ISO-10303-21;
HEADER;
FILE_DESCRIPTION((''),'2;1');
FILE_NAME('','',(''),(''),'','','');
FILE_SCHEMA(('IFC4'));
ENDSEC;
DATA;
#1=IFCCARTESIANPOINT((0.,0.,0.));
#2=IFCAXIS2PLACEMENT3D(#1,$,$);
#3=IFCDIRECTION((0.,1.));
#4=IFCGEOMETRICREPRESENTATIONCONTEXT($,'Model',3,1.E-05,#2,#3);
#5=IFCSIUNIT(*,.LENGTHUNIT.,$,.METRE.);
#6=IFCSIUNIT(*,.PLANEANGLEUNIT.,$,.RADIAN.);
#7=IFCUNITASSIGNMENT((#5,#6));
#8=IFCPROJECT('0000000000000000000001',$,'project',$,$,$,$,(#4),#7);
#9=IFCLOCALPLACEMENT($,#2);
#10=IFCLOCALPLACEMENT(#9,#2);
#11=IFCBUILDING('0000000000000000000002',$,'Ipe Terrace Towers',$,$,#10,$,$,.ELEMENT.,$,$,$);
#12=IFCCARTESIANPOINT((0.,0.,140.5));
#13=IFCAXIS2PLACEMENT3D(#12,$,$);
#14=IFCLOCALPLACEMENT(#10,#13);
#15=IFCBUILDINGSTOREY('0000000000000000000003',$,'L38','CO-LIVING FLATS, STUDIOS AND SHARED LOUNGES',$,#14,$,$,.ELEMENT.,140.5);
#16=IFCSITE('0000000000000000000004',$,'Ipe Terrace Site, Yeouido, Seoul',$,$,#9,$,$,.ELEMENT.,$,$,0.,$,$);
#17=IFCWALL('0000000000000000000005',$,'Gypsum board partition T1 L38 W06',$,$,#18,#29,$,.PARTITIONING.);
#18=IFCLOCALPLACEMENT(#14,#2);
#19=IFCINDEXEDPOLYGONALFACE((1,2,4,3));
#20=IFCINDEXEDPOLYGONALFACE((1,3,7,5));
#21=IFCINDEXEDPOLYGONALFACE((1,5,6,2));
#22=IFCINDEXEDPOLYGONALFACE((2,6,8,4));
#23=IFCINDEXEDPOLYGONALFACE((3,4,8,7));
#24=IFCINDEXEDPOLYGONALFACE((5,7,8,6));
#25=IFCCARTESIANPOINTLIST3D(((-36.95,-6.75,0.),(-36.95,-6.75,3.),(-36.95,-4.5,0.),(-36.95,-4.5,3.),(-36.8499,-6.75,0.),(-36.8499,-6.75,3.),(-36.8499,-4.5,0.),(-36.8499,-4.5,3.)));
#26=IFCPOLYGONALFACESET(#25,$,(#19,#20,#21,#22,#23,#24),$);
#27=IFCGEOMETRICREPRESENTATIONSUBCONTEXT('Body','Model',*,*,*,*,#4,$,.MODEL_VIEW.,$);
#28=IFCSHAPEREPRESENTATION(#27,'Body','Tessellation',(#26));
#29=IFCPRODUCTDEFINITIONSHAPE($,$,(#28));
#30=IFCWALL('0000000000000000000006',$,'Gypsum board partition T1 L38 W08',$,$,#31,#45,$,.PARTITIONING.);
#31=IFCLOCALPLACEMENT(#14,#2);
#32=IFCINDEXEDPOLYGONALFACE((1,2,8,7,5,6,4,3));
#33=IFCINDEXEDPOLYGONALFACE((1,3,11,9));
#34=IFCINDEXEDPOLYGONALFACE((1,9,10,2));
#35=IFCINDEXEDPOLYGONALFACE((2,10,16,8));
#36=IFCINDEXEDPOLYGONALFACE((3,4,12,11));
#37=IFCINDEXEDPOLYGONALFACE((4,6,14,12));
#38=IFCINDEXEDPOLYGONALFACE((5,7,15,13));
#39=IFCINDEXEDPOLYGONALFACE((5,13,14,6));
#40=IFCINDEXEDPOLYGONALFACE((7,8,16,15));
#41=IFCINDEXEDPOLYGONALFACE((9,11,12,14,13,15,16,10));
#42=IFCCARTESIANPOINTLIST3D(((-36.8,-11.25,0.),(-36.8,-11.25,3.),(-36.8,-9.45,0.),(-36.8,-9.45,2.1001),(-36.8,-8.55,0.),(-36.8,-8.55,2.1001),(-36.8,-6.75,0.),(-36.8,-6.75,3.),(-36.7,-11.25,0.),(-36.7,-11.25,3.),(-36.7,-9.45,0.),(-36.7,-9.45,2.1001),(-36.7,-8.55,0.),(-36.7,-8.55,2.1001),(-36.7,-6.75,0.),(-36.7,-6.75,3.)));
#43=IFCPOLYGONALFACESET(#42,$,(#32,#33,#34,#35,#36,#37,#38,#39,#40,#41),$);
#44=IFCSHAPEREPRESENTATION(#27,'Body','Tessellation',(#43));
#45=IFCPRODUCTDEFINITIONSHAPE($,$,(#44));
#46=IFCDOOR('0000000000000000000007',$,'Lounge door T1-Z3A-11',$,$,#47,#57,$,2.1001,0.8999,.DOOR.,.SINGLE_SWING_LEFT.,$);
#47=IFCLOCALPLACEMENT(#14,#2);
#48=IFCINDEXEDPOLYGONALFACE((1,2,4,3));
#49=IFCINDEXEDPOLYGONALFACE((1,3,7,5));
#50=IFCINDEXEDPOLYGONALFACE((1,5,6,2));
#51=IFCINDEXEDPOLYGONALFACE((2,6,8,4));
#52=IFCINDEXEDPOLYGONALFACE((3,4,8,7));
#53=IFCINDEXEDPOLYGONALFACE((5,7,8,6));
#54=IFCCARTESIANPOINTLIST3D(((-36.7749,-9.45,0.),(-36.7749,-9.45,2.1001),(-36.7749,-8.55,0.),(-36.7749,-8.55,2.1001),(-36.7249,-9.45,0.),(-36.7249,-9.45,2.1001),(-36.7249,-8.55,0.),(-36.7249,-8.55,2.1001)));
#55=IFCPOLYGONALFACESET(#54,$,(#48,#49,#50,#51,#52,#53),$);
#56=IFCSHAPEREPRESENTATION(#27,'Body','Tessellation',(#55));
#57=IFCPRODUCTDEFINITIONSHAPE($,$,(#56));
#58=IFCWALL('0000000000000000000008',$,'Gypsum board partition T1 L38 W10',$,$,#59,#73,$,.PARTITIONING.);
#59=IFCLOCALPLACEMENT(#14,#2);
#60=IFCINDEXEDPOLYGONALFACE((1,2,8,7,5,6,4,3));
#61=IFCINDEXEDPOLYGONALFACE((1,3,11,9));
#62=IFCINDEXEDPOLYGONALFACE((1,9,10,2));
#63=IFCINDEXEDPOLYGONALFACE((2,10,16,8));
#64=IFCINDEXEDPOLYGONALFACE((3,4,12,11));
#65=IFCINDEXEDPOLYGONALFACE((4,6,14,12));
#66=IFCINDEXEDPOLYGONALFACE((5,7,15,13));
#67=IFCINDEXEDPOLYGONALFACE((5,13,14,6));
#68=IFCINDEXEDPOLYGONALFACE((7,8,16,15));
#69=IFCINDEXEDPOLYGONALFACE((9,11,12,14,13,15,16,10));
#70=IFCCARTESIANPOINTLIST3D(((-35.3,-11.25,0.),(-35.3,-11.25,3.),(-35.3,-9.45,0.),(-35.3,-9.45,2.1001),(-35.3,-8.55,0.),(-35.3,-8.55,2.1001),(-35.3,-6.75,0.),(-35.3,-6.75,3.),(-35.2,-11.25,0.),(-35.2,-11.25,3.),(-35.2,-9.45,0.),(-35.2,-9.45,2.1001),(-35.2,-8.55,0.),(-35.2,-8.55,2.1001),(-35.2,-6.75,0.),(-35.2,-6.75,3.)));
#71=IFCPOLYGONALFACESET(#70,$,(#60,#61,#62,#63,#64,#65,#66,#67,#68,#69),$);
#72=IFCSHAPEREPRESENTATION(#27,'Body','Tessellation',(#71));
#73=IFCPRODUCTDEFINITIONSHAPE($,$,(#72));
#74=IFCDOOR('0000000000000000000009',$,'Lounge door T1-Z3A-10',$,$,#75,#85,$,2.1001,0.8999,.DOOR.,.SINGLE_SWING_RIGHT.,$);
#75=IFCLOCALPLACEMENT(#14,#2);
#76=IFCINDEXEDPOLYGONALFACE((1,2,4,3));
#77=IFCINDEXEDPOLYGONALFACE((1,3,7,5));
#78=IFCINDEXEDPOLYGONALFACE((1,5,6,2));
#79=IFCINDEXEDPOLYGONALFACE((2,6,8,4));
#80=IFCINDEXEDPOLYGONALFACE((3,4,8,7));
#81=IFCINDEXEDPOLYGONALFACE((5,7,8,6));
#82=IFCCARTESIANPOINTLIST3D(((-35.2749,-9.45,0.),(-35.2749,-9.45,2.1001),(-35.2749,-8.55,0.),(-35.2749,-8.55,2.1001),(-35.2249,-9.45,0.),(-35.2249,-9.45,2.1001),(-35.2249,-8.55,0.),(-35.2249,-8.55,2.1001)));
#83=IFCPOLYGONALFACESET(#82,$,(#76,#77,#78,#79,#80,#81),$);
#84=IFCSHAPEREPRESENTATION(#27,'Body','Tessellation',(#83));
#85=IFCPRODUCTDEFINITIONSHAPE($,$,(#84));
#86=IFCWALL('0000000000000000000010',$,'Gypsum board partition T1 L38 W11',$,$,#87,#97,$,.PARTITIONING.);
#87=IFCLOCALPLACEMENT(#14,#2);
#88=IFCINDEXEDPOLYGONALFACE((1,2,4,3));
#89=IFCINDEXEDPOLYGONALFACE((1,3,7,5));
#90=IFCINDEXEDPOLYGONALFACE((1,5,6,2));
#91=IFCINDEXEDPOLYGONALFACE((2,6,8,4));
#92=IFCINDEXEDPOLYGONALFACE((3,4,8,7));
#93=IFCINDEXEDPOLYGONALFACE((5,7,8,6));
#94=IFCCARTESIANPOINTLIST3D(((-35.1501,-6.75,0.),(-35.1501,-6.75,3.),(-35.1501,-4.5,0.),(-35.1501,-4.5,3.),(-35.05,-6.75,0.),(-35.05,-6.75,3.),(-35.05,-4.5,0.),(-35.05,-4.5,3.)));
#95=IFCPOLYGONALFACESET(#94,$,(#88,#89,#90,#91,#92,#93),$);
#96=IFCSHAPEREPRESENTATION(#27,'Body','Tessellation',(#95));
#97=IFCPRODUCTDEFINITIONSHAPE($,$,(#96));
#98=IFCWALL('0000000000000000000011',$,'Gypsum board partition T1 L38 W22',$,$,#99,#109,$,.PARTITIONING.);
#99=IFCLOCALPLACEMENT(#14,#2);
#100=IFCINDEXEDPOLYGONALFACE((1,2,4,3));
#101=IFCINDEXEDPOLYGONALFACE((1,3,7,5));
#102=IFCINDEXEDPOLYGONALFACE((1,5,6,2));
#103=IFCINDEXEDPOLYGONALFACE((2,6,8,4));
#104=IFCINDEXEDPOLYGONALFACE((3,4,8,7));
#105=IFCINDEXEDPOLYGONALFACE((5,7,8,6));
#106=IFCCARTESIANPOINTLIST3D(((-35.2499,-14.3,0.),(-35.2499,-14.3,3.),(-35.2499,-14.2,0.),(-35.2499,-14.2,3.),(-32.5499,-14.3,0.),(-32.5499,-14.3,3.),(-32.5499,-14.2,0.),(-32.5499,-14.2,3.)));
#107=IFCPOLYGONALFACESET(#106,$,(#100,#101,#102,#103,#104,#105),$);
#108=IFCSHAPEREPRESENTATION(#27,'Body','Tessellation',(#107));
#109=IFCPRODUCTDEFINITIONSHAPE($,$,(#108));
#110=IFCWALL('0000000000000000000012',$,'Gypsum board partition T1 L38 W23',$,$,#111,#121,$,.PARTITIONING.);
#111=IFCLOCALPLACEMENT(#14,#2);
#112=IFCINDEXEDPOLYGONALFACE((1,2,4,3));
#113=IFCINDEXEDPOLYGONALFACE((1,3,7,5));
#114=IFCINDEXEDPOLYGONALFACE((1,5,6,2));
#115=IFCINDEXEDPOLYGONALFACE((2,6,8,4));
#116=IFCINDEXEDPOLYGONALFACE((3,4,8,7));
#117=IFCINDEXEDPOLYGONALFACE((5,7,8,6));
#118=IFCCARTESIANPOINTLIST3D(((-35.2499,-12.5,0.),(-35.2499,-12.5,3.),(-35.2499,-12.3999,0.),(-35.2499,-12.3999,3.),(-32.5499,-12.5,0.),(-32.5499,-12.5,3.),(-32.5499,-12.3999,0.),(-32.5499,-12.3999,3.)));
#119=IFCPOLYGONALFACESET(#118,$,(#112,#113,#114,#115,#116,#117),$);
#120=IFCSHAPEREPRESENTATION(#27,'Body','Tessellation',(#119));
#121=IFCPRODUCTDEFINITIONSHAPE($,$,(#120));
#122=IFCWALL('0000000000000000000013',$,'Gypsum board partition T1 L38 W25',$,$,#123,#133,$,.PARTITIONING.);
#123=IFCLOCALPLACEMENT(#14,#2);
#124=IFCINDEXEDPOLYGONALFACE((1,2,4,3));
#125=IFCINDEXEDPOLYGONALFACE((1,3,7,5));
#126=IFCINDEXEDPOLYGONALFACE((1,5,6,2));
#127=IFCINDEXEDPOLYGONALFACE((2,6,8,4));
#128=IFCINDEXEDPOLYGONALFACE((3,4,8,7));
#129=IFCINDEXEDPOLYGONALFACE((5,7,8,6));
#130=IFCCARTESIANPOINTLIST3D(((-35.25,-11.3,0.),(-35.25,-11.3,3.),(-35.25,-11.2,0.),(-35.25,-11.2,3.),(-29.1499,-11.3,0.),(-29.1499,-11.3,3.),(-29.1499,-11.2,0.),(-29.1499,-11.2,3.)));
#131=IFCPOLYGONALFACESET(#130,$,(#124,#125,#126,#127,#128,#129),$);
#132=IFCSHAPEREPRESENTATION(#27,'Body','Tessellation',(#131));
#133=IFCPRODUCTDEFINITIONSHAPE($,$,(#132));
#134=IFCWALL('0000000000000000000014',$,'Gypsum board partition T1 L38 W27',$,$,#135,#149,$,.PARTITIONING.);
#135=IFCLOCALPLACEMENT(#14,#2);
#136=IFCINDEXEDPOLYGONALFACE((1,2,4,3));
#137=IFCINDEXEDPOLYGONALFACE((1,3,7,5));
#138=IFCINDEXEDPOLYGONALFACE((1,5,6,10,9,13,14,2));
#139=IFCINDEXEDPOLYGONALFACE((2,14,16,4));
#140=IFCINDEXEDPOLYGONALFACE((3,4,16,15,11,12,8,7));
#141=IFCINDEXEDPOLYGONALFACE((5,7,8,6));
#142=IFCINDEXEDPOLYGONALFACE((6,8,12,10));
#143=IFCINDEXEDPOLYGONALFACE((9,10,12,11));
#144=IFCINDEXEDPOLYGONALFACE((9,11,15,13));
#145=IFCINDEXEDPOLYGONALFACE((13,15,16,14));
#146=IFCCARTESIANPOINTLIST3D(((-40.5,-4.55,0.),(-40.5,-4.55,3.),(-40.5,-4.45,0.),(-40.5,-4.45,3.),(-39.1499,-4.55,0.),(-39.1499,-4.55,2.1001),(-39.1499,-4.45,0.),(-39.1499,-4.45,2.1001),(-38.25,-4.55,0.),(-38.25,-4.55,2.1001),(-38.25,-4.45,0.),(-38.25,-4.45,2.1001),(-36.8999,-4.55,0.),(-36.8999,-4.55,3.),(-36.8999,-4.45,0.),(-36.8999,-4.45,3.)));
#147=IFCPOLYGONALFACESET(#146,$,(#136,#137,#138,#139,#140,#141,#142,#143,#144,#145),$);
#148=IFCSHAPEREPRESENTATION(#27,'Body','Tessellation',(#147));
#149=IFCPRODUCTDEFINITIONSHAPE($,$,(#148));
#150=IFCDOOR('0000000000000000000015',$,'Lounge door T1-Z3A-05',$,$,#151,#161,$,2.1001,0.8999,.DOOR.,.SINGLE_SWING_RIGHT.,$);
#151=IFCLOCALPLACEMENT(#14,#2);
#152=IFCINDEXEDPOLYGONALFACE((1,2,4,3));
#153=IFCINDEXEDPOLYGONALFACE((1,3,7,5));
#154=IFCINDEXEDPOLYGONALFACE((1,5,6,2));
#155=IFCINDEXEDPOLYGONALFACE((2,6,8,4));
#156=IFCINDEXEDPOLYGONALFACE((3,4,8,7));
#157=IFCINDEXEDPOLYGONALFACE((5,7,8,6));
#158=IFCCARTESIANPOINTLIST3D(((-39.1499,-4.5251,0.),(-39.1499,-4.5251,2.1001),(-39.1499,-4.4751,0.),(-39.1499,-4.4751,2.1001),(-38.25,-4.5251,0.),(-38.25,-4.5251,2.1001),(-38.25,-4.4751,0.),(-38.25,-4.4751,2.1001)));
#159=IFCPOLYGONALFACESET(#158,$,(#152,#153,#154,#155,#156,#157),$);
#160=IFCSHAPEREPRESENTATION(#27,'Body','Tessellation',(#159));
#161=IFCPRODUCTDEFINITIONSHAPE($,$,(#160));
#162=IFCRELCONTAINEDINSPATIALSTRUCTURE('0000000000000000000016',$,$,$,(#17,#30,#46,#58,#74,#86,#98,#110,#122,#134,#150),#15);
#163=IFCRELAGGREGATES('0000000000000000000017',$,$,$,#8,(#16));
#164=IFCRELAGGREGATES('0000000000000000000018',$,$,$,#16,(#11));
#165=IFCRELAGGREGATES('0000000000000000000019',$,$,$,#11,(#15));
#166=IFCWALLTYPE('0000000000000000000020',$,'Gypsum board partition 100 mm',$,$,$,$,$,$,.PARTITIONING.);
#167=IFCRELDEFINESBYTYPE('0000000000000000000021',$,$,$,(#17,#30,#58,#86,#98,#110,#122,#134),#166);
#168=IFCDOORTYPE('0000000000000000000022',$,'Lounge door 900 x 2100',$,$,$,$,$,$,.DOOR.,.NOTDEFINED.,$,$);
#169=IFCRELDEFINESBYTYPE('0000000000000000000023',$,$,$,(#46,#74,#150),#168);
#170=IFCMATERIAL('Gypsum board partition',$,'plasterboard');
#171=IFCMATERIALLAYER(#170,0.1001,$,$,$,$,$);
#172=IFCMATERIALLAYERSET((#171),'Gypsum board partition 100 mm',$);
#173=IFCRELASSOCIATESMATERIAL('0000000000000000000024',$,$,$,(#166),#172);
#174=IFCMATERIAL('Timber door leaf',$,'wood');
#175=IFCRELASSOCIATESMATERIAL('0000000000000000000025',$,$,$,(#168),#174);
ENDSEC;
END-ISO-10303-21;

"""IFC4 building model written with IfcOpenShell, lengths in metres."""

from ifc_helpers import new_model, si_unit, direction, frame, frame_2d, origin, place, context, subcontext, project, spatial, rectangle, extrude, material, layer, layer_set, type_object, element, fill, save


model = new_model("IFC4")

# Units and contexts
model_context = context("Model", 3, precision=1e-05, world=origin(), true_north=direction((0.0, 1.0)))
body_context = subcontext(model_context, "Body", "Model", "MODEL_VIEW")
ifc_project = project(units=[si_unit("LENGTHUNIT", "METRE"), si_unit("PLANEANGLEUNIT", "RADIAN")], contexts=[model_context])

# Site, building, storey
site_placement = place(None, origin())
site = spatial("IfcSite", under=ifc_project, at=site_placement, Name="Ipe Terrace Site, Yeouido, Seoul", CompositionType="ELEMENT", RefElevation=0.0)
building_placement = place(site_placement, origin())
building = spatial("IfcBuilding", under=site, at=building_placement, Name="Ipe Terrace Towers", CompositionType="ELEMENT")
storey_placement = place(building_placement, frame((0.0, 0.0, 140.5)))
storey = spatial("IfcBuildingStorey", under=building, at=storey_placement, Name="L38", Description="CO-LIVING FLATS, STUDIOS AND SHARED LOUNGES", CompositionType="ELEMENT", Elevation=140.5)

# Wall
ifc_material_1 = material(Name="Gypsum board partition", Category="plasterboard")
ifc_layer = layer(ifc_material_1, 0.1001)
ifc_layer_set = layer_set([ifc_layer], Name="Gypsum board partition 100 mm")
wall_type = type_object("IfcWallType", Name="Gypsum board partition 100 mm", PredefinedType="PARTITIONING", material=ifc_layer_set)
wall_1_placement = place(storey_placement, frame((-36.8999, -6.75, 0.0), z_axis=(0.0, 0.0, 1.0), x_axis=(0.0, 1.0, 0.0)))
element("IfcWall", 1, at=wall_1_placement, inside=storey, type_object=wall_type, Name="Gypsum board partition T1 L38 W06", PredefinedType="PARTITIONING", context=body_context, shape_type="SweptSolid", body=[
    extrude(rectangle(XDim=2.25, YDim=0.1001, at=frame_2d((1.125, 0.0))), origin(), (0.0, 0.0, 1.0), 3.0),
])

# Walls, openings, doors
wall_2_placement = place(storey_placement, frame((-36.75, -11.25, 0.0), z_axis=(0.0, 0.0, 1.0), x_axis=(0.0, 1.0, 0.0)))
wall_2 = element("IfcWall", 2, at=wall_2_placement, inside=storey, type_object=wall_type, Name="Gypsum board partition T1 L38 W08", PredefinedType="PARTITIONING", context=body_context, shape_type="SweptSolid", body=[
    extrude(rectangle(XDim=4.5, YDim=0.1001, at=frame_2d((2.25, 0.0))), origin(), (0.0, 0.0, 1.0), 3.0),
])
opening_1_placement = place(wall_2_placement, frame((1.8, 0.0, 0.0)))
opening_1 = element("IfcOpeningElement", 3, at=opening_1_placement, cuts=wall_2, PredefinedType="OPENING", context=body_context, shape_type="SweptSolid", body=[
    extrude(rectangle(XDim=0.8999, YDim=2.1001, at=frame_2d((0.45, 1.05))), frame((0.0, 0.0601, 0.0), z_axis=(0.0, -1.0, 0.0), x_axis=(1.0, 0.0, 0.0)), (0.0, 0.0, 1.0), 0.1201),
])
ifc_material_2 = material(Name="Timber door leaf", Category="wood")
door_type = type_object("IfcDoorType", Name="Lounge door 900 x 2100", OperationType="NOTDEFINED", PredefinedType="DOOR", material=ifc_material_2)
door_1_placement = place(opening_1_placement, origin())
door_1 = element("IfcDoor", 4, at=door_1_placement, inside=storey, type_object=door_type, Name="Lounge door T1-Z3A-11", OperationType="SINGLE_SWING_LEFT", OverallHeight=2.1001, OverallWidth=0.8999, PredefinedType="DOOR", context=body_context, shape_type="SweptSolid", body=[
    extrude(rectangle(XDim=0.8999, YDim=2.1001, at=frame_2d((0.45, 1.05))), frame((0.0, 0.0249, 0.0), z_axis=(0.0, -1.0, 0.0), x_axis=(1.0, 0.0, 0.0)), (0.0, 0.0, 1.0), 0.05),
])
fill(opening_1, door_1)
wall_3_placement = place(storey_placement, frame((-35.25, -11.25, 0.0), z_axis=(0.0, 0.0, 1.0), x_axis=(0.0, 1.0, 0.0)))
wall_3 = element("IfcWall", 5, at=wall_3_placement, inside=storey, type_object=wall_type, Name="Gypsum board partition T1 L38 W10", PredefinedType="PARTITIONING", context=body_context, shape_type="SweptSolid", body=[
    extrude(rectangle(XDim=4.5, YDim=0.1001, at=frame_2d((2.25, 0.0))), origin(), (0.0, 0.0, 1.0), 3.0),
])
opening_2_placement = place(wall_3_placement, frame((1.8, 0.0, 0.0)))
opening_2 = element("IfcOpeningElement", 6, at=opening_2_placement, cuts=wall_3, PredefinedType="OPENING", context=body_context, shape_type="SweptSolid", body=[
    extrude(rectangle(XDim=0.8999, YDim=2.1001, at=frame_2d((0.45, 1.05))), frame((0.0, 0.0601, 0.0), z_axis=(0.0, -1.0, 0.0), x_axis=(1.0, 0.0, 0.0)), (0.0, 0.0, 1.0), 0.1201),
])
door_2_placement = place(opening_2_placement, origin())
door_2 = element("IfcDoor", 7, at=door_2_placement, inside=storey, type_object=door_type, Name="Lounge door T1-Z3A-10", OperationType="SINGLE_SWING_RIGHT", OverallHeight=2.1001, OverallWidth=0.8999, PredefinedType="DOOR", context=body_context, shape_type="SweptSolid", body=[
    extrude(rectangle(XDim=0.8999, YDim=2.1001, at=frame_2d((0.45, 1.05))), frame((0.0, 0.0249, 0.0), z_axis=(0.0, -1.0, 0.0), x_axis=(1.0, 0.0, 0.0)), (0.0, 0.0, 1.0), 0.05),
])
fill(opening_2, door_2)

# Walls
wall_4_placement = place(storey_placement, frame((-35.1001, -6.75, 0.0), z_axis=(0.0, 0.0, 1.0), x_axis=(0.0, 1.0, 0.0)))
element("IfcWall", 8, at=wall_4_placement, inside=storey, type_object=wall_type, Name="Gypsum board partition T1 L38 W11", PredefinedType="PARTITIONING", context=body_context, shape_type="SweptSolid", body=[
    extrude(rectangle(XDim=2.25, YDim=0.1001, at=frame_2d((1.125, 0.0))), origin(), (0.0, 0.0, 1.0), 3.0),
])
for number, where, z_axis, x_axis, name in (
    (9, (-35.25, -14.25, 0.0), (0.0, 0.0, 1.0), (1.0, 0.0, 0.0), "Gypsum board partition T1 L38 W22"),
    (10, (-35.25, -12.45, 0.0), (0.0, 0.0, 1.0), (1.0, 0.0, 0.0), "Gypsum board partition T1 L38 W23"),
):
    element("IfcWall", number, at=place(storey_placement, frame(where, z_axis=z_axis, x_axis=x_axis)), inside=storey, type_object=wall_type, Name=name, PredefinedType="PARTITIONING", context=body_context, shape_type="SweptSolid", body=[
        extrude(rectangle(XDim=2.7, YDim=0.1001, at=frame_2d((1.3501, 0.0))), origin(), (0.0, 0.0, 1.0), 3.0),
    ])
wall_5_placement = place(storey_placement, frame((-35.25, -11.25, 0.0), z_axis=(0.0, 0.0, 1.0), x_axis=(1.0, 0.0, 0.0)))
element("IfcWall", 11, at=wall_5_placement, inside=storey, type_object=wall_type, Name="Gypsum board partition T1 L38 W25", PredefinedType="PARTITIONING", context=body_context, shape_type="SweptSolid", body=[
    extrude(rectangle(XDim=6.1001, YDim=0.1001, at=frame_2d((3.05, 0.0))), origin(), (0.0, 0.0, 1.0), 3.0),
])

# Wall, opening, door
wall_6_placement = place(storey_placement, frame((-40.5, -4.5, 0.0), z_axis=(0.0, 0.0, 1.0), x_axis=(1.0, 0.0, 0.0)))
wall_6 = element("IfcWall", 12, at=wall_6_placement, inside=storey, type_object=wall_type, Name="Gypsum board partition T1 L38 W27", PredefinedType="PARTITIONING", context=body_context, shape_type="SweptSolid", body=[
    extrude(rectangle(XDim=3.6001, YDim=0.1001, at=frame_2d((1.8, 0.0))), origin(), (0.0, 0.0, 1.0), 3.0),
])
opening_3_placement = place(wall_6_placement, frame((1.3501, 0.0, 0.0)))
opening_3 = element("IfcOpeningElement", 13, at=opening_3_placement, cuts=wall_6, PredefinedType="OPENING", context=body_context, shape_type="SweptSolid", body=[
    extrude(rectangle(XDim=0.8999, YDim=2.1001, at=frame_2d((0.45, 1.05))), frame((0.0, 0.0601, 0.0), z_axis=(0.0, -1.0, 0.0), x_axis=(1.0, 0.0, 0.0)), (0.0, 0.0, 1.0), 0.1201),
])
door_3_placement = place(opening_3_placement, origin())
door_3 = element("IfcDoor", 14, at=door_3_placement, inside=storey, type_object=door_type, Name="Lounge door T1-Z3A-05", OperationType="SINGLE_SWING_RIGHT", OverallHeight=2.1001, OverallWidth=0.8999, PredefinedType="DOOR", context=body_context, shape_type="SweptSolid", body=[
    extrude(rectangle(XDim=0.8999, YDim=2.1001, at=frame_2d((0.45, 1.05))), frame((0.0, 0.0249, 0.0), z_axis=(0.0, -1.0, 0.0), x_axis=(1.0, 0.0, 0.0)), (0.0, 0.0, 1.0), 0.05),
])
fill(opening_3, door_3)

save(model, "model.ifc")
